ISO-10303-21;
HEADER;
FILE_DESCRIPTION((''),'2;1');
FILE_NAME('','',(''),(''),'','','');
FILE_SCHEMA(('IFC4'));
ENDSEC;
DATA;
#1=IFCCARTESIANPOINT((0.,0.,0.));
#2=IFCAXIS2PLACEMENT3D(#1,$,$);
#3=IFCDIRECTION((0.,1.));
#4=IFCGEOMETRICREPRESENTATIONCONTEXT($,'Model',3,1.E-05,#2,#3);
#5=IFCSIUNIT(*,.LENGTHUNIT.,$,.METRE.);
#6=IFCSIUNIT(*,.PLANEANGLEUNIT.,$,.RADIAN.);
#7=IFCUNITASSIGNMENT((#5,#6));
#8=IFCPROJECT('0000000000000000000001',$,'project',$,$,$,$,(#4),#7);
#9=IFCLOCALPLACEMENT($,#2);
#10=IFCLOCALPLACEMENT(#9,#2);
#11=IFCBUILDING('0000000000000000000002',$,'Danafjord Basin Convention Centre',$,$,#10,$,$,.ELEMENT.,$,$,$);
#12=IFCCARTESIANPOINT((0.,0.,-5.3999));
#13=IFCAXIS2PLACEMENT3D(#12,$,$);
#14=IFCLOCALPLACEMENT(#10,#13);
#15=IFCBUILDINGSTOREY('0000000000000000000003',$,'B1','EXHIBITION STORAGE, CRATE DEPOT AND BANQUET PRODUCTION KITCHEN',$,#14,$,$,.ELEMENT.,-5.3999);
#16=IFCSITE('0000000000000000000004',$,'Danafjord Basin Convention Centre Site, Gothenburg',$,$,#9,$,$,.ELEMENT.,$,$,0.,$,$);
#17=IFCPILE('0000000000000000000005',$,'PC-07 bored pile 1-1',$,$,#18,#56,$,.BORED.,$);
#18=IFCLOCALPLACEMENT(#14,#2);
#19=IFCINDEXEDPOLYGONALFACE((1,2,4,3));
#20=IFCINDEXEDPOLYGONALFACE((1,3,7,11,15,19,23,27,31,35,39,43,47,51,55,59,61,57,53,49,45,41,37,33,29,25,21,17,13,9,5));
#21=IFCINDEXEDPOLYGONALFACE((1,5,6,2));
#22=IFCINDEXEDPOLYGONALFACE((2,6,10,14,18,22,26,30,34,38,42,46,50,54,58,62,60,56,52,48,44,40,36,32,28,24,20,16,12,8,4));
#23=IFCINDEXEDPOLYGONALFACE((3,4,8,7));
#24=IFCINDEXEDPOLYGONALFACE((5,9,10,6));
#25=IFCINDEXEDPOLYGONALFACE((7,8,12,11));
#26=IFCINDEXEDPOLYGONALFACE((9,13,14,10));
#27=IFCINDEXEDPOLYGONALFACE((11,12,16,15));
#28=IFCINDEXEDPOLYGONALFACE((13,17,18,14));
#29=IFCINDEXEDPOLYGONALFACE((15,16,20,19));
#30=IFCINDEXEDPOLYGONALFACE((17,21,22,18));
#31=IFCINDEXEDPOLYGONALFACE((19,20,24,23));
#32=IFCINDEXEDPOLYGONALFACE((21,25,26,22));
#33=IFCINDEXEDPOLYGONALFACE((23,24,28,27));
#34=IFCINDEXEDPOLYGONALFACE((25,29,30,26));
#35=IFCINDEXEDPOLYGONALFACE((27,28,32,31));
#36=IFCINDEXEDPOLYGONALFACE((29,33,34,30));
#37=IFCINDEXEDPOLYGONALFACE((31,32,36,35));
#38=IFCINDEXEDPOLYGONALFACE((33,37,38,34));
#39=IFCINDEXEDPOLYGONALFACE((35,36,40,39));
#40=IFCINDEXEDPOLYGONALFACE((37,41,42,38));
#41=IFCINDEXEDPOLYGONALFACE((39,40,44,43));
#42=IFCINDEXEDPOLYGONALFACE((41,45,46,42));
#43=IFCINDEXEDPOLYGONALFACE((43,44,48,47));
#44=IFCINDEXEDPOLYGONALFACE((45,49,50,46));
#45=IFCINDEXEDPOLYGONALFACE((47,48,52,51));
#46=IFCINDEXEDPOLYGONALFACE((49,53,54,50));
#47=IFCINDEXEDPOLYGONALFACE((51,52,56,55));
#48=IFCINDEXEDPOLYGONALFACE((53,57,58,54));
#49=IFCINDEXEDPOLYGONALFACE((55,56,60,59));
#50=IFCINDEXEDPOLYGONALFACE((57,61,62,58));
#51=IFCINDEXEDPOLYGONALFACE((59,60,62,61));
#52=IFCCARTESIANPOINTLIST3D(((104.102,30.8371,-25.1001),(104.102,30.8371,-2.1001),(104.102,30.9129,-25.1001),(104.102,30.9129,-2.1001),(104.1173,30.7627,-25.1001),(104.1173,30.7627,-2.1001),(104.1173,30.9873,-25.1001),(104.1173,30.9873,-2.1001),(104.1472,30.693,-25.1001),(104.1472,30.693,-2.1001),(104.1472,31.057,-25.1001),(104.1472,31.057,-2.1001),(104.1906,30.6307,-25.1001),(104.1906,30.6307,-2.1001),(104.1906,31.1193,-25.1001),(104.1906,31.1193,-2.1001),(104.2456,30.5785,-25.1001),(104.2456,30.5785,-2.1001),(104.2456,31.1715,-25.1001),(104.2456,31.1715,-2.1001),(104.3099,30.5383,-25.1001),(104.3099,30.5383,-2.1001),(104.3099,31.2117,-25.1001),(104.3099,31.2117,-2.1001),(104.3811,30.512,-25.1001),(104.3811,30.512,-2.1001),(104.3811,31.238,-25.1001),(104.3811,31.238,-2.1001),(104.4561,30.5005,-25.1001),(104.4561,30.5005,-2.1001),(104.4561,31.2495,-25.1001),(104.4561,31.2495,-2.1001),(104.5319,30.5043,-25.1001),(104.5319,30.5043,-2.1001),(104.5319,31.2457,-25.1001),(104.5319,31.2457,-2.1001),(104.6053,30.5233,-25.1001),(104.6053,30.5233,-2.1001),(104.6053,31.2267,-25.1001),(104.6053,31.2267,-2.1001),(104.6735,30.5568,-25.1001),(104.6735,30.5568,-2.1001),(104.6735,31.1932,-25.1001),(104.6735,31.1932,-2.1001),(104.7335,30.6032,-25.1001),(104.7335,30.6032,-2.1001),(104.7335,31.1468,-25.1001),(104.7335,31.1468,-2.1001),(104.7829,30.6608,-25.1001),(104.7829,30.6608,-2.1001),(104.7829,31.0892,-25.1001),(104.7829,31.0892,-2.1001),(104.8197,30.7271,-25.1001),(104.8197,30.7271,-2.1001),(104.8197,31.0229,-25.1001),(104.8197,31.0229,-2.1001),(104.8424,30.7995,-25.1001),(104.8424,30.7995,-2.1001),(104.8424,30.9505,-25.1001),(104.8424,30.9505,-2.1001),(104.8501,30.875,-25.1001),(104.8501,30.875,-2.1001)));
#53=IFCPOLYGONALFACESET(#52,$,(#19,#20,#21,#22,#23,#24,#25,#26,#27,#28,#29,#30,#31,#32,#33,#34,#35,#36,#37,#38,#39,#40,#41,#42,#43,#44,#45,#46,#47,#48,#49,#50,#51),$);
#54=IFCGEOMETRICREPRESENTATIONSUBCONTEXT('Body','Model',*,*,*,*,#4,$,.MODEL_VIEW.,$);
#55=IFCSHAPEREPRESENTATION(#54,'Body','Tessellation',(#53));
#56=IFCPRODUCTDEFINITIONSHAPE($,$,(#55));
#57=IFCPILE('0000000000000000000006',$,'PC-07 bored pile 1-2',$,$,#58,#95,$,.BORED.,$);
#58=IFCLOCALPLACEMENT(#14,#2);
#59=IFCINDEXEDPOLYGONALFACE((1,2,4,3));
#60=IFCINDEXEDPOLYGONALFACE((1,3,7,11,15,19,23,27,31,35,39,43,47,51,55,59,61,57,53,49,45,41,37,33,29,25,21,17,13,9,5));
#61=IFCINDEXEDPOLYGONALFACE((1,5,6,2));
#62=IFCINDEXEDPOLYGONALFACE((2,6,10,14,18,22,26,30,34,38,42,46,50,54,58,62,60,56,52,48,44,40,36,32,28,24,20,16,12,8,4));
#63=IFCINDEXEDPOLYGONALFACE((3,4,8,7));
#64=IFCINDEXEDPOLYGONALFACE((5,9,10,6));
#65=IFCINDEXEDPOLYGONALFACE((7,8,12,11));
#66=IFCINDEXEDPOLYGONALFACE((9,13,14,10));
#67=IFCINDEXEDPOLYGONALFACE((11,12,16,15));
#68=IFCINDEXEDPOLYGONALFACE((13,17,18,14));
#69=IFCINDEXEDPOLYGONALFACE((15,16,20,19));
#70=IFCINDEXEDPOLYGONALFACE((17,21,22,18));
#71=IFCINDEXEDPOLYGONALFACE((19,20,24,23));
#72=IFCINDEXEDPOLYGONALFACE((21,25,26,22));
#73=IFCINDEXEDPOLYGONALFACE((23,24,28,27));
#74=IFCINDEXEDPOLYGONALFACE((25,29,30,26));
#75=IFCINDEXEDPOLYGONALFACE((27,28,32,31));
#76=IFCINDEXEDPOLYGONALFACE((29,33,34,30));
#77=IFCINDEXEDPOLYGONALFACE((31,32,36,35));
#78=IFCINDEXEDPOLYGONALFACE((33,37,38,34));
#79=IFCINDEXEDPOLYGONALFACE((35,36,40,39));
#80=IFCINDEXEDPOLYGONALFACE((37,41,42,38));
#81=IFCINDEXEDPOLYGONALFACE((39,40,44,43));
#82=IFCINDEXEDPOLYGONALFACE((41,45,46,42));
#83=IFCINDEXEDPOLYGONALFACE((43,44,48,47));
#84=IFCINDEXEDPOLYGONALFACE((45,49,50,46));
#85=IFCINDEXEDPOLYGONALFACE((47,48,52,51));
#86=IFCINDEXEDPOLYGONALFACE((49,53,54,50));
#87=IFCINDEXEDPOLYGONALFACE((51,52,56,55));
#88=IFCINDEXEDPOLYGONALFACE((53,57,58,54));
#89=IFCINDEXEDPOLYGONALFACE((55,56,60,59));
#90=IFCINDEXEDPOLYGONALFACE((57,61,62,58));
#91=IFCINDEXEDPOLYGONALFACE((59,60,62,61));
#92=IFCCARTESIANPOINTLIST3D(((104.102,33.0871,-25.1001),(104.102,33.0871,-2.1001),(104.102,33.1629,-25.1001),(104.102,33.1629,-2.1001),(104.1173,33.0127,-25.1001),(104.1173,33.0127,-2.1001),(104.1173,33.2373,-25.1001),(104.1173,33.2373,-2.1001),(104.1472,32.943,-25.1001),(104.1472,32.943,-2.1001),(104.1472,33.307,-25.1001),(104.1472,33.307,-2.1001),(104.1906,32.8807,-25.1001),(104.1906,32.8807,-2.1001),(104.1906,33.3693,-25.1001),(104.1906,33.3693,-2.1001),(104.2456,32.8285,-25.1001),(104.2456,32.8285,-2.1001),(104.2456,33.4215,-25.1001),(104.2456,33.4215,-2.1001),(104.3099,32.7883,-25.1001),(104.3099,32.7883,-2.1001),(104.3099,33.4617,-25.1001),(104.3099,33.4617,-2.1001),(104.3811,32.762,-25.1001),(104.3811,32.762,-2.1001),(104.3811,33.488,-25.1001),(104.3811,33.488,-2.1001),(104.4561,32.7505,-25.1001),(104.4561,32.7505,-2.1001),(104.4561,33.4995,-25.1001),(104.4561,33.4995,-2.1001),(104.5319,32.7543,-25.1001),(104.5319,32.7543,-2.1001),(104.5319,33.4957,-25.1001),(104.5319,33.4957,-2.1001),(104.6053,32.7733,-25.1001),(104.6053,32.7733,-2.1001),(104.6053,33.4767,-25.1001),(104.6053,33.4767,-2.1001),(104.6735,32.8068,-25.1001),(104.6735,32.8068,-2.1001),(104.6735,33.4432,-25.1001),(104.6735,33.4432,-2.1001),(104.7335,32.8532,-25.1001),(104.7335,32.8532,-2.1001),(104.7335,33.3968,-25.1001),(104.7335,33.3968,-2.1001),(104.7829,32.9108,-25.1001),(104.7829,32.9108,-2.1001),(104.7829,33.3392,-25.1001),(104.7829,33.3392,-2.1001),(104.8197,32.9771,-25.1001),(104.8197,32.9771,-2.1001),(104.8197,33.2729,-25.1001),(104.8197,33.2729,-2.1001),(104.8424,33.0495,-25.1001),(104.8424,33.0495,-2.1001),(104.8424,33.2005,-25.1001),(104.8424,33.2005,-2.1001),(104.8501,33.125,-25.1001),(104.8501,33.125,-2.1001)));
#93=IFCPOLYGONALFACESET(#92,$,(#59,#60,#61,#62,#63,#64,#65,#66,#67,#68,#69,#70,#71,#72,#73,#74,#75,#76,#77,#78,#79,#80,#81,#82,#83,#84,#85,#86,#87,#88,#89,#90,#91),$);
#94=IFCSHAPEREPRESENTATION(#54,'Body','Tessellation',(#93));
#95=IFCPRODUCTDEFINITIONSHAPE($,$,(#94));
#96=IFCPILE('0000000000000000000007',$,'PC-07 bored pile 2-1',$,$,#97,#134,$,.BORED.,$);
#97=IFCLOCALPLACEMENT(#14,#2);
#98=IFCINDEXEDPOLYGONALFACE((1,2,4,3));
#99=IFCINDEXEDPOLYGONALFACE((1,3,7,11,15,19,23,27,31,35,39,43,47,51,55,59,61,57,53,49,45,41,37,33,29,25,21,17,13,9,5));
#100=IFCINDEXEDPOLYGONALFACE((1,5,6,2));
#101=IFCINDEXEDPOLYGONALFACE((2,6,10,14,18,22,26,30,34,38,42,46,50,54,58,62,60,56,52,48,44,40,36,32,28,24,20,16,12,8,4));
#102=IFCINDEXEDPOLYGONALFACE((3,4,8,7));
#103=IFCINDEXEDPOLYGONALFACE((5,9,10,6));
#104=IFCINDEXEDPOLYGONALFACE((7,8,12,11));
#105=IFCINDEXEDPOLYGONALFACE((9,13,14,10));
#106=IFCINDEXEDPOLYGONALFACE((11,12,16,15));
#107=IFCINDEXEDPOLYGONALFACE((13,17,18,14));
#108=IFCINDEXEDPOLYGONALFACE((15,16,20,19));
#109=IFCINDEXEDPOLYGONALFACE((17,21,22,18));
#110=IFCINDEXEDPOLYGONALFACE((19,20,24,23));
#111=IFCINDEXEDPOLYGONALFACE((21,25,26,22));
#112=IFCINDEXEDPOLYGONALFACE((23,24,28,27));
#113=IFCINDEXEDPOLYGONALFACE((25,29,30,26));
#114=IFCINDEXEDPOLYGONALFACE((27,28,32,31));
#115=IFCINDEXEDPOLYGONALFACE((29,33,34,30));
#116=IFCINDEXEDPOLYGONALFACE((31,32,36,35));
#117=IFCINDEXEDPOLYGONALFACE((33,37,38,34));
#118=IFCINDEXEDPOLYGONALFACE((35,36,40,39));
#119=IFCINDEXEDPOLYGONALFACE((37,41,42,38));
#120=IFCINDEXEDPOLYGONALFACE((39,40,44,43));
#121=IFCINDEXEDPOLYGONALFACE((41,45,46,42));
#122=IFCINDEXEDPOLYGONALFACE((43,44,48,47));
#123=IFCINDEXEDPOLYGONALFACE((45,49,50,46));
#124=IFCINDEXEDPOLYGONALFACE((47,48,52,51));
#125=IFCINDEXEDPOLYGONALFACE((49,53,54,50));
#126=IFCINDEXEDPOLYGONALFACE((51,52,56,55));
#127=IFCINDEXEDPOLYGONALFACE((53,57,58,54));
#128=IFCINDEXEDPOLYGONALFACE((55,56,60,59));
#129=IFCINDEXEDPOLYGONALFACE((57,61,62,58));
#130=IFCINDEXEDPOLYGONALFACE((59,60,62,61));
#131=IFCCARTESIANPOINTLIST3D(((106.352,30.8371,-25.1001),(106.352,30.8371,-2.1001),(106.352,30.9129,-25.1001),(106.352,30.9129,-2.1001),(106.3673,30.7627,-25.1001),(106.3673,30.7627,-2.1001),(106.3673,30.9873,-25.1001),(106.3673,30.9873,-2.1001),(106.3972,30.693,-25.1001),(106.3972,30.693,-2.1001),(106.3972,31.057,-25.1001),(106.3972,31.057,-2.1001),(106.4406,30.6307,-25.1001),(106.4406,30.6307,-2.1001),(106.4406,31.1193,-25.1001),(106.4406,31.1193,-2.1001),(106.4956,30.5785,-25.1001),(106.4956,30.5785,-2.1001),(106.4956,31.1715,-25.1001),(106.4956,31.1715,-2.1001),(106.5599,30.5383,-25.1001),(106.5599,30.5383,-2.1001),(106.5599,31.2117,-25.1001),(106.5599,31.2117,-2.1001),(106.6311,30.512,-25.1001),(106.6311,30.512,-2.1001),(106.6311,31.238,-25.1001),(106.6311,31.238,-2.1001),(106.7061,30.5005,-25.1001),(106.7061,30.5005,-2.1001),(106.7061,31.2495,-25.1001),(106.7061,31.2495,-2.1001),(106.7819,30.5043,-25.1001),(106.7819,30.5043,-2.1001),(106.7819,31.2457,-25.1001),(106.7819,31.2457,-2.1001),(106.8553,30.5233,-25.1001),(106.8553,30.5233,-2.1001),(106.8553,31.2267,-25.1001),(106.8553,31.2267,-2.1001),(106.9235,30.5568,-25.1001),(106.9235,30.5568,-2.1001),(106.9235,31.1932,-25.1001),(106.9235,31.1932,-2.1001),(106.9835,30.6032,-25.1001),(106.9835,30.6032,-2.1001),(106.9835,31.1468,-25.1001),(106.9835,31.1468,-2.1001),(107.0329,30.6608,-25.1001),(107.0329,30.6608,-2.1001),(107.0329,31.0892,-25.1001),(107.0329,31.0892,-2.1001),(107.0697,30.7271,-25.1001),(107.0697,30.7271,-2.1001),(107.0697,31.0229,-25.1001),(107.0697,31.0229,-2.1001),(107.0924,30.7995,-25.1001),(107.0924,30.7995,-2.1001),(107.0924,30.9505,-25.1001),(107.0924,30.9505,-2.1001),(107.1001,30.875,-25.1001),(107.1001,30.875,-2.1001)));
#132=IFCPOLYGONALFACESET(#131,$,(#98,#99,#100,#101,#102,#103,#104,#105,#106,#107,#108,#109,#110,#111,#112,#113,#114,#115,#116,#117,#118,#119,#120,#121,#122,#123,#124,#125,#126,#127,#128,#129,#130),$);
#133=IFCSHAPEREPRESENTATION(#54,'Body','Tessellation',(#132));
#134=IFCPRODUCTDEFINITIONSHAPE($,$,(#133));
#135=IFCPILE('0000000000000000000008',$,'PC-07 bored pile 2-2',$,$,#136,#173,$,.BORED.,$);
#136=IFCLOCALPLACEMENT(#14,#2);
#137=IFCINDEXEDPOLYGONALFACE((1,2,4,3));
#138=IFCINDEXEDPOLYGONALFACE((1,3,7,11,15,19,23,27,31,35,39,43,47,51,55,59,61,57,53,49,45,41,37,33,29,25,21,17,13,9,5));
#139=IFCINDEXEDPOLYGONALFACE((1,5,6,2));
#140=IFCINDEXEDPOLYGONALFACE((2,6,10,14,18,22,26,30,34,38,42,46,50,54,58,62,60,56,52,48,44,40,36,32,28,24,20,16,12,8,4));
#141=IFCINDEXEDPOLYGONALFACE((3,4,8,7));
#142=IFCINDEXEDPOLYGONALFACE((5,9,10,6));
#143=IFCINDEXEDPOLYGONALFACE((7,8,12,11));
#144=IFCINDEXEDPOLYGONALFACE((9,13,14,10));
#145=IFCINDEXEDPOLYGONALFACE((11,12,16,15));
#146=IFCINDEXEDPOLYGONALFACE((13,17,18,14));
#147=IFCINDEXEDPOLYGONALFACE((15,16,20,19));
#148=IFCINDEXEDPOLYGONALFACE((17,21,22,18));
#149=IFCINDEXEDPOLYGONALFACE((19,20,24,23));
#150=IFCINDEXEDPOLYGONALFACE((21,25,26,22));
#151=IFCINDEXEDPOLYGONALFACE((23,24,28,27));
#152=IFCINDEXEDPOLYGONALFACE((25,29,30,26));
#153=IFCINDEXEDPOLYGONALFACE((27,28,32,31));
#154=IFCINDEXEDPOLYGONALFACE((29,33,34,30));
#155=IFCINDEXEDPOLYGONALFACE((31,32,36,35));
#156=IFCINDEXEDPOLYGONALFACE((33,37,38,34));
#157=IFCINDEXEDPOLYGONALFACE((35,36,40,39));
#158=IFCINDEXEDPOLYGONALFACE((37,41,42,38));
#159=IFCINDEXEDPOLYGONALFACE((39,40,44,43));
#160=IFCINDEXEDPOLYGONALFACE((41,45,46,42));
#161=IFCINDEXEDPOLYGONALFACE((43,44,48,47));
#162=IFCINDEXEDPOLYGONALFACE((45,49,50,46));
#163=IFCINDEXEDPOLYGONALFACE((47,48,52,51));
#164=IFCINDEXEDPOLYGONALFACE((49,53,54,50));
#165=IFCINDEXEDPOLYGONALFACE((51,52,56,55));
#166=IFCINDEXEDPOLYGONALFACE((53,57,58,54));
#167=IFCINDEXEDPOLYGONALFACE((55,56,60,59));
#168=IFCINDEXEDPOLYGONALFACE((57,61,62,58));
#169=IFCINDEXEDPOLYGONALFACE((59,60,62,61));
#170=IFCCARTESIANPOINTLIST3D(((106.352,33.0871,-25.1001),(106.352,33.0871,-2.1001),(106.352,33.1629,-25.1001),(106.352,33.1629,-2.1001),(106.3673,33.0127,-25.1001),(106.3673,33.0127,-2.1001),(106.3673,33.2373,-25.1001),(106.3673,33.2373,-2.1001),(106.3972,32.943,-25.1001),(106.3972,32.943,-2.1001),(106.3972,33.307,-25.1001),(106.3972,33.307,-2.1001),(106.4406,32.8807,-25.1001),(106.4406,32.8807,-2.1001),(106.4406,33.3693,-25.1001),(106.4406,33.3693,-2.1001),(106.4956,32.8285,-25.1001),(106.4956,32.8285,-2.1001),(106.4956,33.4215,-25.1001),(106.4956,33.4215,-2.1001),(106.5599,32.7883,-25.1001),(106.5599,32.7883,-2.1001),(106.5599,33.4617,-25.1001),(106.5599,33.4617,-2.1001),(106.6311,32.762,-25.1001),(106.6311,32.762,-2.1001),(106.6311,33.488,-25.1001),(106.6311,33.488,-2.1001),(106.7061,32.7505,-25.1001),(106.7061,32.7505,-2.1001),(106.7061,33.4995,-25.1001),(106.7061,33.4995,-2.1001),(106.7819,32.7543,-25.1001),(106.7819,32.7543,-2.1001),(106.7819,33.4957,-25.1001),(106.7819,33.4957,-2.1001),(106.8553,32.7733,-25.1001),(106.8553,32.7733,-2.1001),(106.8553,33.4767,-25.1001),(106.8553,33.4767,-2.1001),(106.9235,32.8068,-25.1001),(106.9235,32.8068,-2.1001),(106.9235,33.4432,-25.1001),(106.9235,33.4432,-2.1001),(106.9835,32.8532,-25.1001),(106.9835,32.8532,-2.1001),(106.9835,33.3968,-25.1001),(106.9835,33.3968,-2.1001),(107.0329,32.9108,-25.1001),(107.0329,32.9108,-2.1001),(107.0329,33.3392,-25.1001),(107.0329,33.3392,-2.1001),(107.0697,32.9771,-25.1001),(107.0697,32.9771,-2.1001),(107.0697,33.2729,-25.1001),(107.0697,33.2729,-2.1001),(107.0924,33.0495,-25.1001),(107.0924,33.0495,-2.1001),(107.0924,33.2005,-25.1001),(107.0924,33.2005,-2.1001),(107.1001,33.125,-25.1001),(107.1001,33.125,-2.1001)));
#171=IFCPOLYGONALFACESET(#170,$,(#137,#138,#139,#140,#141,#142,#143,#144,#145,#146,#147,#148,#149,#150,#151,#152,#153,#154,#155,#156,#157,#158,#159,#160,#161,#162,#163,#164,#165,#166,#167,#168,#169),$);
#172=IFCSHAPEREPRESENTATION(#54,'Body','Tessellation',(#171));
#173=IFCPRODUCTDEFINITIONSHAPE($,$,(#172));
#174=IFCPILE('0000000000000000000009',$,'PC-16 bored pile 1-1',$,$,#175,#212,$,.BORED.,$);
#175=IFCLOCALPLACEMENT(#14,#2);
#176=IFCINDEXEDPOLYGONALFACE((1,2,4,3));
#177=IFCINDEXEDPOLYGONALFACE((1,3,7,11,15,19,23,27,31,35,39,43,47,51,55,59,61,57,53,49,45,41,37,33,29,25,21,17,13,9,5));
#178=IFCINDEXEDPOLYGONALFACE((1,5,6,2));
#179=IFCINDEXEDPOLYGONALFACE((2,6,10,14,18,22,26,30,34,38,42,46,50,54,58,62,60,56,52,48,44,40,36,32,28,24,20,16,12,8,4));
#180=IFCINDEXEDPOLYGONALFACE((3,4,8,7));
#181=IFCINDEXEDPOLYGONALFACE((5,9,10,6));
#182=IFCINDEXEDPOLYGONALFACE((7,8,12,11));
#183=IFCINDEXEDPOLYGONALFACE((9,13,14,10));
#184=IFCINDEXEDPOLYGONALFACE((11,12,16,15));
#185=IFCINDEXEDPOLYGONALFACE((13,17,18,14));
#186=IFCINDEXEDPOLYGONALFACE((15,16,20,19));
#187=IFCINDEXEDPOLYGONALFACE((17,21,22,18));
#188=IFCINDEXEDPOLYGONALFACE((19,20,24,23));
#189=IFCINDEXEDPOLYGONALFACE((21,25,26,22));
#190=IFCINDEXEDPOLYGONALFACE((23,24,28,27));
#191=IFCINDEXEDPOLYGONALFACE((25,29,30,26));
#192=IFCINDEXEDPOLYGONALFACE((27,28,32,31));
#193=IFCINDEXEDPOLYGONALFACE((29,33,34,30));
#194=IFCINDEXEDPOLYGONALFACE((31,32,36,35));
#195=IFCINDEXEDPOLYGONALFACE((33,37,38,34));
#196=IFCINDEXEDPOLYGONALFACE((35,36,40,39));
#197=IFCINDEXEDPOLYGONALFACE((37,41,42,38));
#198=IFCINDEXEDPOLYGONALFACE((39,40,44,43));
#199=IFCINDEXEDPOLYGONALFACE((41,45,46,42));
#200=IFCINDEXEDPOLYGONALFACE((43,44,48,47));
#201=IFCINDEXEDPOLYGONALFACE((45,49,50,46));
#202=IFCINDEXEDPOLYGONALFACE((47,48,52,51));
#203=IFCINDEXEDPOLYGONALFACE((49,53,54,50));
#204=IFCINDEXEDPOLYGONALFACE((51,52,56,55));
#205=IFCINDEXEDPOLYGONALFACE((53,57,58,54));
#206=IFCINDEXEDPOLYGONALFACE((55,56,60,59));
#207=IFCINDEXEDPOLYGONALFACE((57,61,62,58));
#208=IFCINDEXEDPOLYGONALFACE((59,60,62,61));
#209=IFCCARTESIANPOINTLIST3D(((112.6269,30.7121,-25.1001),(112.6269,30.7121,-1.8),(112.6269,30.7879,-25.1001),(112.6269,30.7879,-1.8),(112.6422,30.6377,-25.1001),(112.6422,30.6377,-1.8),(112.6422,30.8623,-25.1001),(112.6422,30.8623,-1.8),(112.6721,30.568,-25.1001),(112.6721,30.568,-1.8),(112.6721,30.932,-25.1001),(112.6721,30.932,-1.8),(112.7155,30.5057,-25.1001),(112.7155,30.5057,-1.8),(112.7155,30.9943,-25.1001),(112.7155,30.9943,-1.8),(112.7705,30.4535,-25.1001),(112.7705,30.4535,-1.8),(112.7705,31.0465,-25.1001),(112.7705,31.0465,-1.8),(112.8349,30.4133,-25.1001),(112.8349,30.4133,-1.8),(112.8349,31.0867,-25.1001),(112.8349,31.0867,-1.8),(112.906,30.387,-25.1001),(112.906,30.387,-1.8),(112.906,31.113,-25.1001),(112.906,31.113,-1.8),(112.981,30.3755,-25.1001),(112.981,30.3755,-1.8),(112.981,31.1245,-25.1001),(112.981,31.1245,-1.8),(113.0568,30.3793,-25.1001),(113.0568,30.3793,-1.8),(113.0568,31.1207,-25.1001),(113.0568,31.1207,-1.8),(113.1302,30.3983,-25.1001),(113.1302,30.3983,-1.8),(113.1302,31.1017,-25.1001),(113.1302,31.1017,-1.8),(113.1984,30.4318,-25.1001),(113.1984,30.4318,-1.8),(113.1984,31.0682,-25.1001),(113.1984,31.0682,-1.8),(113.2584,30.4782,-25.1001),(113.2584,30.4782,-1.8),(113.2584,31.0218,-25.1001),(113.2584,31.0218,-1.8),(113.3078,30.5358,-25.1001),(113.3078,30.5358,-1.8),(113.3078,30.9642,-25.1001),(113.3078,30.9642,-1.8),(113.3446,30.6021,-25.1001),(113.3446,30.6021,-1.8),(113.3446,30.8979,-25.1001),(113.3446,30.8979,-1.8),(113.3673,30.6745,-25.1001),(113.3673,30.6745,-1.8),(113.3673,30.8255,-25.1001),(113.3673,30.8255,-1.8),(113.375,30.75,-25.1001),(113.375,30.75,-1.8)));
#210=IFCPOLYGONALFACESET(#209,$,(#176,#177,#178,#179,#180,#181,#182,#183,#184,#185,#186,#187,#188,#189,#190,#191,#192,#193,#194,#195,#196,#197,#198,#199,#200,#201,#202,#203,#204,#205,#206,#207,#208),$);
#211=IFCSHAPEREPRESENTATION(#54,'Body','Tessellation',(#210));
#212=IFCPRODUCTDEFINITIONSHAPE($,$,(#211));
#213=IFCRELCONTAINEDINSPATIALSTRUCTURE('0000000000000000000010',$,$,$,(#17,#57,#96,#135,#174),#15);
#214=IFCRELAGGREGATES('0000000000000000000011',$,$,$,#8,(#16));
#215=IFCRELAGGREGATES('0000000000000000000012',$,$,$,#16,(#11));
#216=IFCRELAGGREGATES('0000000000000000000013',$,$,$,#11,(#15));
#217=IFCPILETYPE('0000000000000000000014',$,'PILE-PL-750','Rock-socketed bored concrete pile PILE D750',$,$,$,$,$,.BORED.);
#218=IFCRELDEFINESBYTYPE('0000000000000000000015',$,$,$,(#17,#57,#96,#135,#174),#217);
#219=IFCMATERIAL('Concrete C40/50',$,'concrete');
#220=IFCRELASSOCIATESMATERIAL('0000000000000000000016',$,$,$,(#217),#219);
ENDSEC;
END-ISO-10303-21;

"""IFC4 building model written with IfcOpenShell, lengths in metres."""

from ifc_helpers import new_model, si_unit, direction, frame, origin, origin_2d, place, context, subcontext, project, spatial, circle, extrude, material, material_profile, profile_set, type_object, element, save


model = new_model("IFC4")

# Units and contexts
model_context = context("Model", 3, precision=1e-05, world=origin(), true_north=direction((0.0, 1.0)))
body_context = subcontext(model_context, "Body", "Model", "MODEL_VIEW")
ifc_project = project(units=[si_unit("LENGTHUNIT", "METRE"), si_unit("PLANEANGLEUNIT", "RADIAN")], contexts=[model_context])

# Site, building, storey
site_placement = place(None, origin())
site = spatial("IfcSite", under=ifc_project, at=site_placement, Name="Danafjord Basin Convention Centre Site, Gothenburg", CompositionType="ELEMENT", RefElevation=0.0)
building_placement = place(site_placement, origin())
building = spatial("IfcBuilding", under=site, at=building_placement, Name="Danafjord Basin Convention Centre", CompositionType="ELEMENT")
storey_placement = place(building_placement, frame((0.0, 0.0, -5.3999)))
storey = spatial("IfcBuildingStorey", under=building, at=storey_placement, Name="B1", Description="EXHIBITION STORAGE, CRATE DEPOT AND BANQUET PRODUCTION KITCHEN", CompositionType="ELEMENT", Elevation=-5.3999)

# Shared definitions
ifc_material_1 = material(Name="Concrete C40/50", Category="concrete")

# Piles
ifc_material_profile_1 = material_profile(ifc_material_1, circle(Radius=0.375, at=origin_2d()), Name="PILE D750")
ifc_profile_set_1 = profile_set([ifc_material_profile_1], Name="Concrete C40/50")
pile_type_1 = type_object("IfcPileType", Name="PILE-PL-750", Description="Rock-socketed bored concrete pile PILE D750", PredefinedType="BORED", material=ifc_profile_set_1)
for number, where, z_axis, x_axis, name in (
    (1, (104.4751, 30.875, -2.1001), (0.0, 0.0, -1.0), (1.0, 0.0, 0.0), "PC-07 bored pile 1-1"),
    (2, (104.4751, 33.125, -2.1001), (0.0, 0.0, -1.0), (1.0, 0.0, 0.0), "PC-07 bored pile 1-2"),
    (3, (106.7251, 30.875, -2.1001), (0.0, 0.0, -1.0), (1.0, 0.0, 0.0), "PC-07 bored pile 2-1"),
    (4, (106.7251, 33.125, -2.1001), (0.0, 0.0, -1.0), (1.0, 0.0, 0.0), "PC-07 bored pile 2-2"),
):
    element("IfcPile", number, at=place(storey_placement, frame(where, z_axis=z_axis, x_axis=x_axis)), inside=storey, type_object=pile_type_1, Name=name, PredefinedType="BORED", context=body_context, shape_type="SweptSolid", body=[
        extrude(circle(Radius=0.375, at=origin_2d()), origin(), (0.0, 0.0, 1.0), 23.0),
    ])
pile_1_placement = place(storey_placement, frame((113.0, 30.75, -1.8), z_axis=(0.0, 0.0, -1.0), x_axis=(1.0, 0.0, 0.0)))
element("IfcPile", 5, at=pile_1_placement, inside=storey, type_object=pile_type_1, Name="PC-16 bored pile 1-1", PredefinedType="BORED", context=body_context, shape_type="SweptSolid", body=[
    extrude(circle(Radius=0.375, at=origin_2d()), origin(), (0.0, 0.0, 1.0), 23.3),
])

save(model, "model.ifc")
